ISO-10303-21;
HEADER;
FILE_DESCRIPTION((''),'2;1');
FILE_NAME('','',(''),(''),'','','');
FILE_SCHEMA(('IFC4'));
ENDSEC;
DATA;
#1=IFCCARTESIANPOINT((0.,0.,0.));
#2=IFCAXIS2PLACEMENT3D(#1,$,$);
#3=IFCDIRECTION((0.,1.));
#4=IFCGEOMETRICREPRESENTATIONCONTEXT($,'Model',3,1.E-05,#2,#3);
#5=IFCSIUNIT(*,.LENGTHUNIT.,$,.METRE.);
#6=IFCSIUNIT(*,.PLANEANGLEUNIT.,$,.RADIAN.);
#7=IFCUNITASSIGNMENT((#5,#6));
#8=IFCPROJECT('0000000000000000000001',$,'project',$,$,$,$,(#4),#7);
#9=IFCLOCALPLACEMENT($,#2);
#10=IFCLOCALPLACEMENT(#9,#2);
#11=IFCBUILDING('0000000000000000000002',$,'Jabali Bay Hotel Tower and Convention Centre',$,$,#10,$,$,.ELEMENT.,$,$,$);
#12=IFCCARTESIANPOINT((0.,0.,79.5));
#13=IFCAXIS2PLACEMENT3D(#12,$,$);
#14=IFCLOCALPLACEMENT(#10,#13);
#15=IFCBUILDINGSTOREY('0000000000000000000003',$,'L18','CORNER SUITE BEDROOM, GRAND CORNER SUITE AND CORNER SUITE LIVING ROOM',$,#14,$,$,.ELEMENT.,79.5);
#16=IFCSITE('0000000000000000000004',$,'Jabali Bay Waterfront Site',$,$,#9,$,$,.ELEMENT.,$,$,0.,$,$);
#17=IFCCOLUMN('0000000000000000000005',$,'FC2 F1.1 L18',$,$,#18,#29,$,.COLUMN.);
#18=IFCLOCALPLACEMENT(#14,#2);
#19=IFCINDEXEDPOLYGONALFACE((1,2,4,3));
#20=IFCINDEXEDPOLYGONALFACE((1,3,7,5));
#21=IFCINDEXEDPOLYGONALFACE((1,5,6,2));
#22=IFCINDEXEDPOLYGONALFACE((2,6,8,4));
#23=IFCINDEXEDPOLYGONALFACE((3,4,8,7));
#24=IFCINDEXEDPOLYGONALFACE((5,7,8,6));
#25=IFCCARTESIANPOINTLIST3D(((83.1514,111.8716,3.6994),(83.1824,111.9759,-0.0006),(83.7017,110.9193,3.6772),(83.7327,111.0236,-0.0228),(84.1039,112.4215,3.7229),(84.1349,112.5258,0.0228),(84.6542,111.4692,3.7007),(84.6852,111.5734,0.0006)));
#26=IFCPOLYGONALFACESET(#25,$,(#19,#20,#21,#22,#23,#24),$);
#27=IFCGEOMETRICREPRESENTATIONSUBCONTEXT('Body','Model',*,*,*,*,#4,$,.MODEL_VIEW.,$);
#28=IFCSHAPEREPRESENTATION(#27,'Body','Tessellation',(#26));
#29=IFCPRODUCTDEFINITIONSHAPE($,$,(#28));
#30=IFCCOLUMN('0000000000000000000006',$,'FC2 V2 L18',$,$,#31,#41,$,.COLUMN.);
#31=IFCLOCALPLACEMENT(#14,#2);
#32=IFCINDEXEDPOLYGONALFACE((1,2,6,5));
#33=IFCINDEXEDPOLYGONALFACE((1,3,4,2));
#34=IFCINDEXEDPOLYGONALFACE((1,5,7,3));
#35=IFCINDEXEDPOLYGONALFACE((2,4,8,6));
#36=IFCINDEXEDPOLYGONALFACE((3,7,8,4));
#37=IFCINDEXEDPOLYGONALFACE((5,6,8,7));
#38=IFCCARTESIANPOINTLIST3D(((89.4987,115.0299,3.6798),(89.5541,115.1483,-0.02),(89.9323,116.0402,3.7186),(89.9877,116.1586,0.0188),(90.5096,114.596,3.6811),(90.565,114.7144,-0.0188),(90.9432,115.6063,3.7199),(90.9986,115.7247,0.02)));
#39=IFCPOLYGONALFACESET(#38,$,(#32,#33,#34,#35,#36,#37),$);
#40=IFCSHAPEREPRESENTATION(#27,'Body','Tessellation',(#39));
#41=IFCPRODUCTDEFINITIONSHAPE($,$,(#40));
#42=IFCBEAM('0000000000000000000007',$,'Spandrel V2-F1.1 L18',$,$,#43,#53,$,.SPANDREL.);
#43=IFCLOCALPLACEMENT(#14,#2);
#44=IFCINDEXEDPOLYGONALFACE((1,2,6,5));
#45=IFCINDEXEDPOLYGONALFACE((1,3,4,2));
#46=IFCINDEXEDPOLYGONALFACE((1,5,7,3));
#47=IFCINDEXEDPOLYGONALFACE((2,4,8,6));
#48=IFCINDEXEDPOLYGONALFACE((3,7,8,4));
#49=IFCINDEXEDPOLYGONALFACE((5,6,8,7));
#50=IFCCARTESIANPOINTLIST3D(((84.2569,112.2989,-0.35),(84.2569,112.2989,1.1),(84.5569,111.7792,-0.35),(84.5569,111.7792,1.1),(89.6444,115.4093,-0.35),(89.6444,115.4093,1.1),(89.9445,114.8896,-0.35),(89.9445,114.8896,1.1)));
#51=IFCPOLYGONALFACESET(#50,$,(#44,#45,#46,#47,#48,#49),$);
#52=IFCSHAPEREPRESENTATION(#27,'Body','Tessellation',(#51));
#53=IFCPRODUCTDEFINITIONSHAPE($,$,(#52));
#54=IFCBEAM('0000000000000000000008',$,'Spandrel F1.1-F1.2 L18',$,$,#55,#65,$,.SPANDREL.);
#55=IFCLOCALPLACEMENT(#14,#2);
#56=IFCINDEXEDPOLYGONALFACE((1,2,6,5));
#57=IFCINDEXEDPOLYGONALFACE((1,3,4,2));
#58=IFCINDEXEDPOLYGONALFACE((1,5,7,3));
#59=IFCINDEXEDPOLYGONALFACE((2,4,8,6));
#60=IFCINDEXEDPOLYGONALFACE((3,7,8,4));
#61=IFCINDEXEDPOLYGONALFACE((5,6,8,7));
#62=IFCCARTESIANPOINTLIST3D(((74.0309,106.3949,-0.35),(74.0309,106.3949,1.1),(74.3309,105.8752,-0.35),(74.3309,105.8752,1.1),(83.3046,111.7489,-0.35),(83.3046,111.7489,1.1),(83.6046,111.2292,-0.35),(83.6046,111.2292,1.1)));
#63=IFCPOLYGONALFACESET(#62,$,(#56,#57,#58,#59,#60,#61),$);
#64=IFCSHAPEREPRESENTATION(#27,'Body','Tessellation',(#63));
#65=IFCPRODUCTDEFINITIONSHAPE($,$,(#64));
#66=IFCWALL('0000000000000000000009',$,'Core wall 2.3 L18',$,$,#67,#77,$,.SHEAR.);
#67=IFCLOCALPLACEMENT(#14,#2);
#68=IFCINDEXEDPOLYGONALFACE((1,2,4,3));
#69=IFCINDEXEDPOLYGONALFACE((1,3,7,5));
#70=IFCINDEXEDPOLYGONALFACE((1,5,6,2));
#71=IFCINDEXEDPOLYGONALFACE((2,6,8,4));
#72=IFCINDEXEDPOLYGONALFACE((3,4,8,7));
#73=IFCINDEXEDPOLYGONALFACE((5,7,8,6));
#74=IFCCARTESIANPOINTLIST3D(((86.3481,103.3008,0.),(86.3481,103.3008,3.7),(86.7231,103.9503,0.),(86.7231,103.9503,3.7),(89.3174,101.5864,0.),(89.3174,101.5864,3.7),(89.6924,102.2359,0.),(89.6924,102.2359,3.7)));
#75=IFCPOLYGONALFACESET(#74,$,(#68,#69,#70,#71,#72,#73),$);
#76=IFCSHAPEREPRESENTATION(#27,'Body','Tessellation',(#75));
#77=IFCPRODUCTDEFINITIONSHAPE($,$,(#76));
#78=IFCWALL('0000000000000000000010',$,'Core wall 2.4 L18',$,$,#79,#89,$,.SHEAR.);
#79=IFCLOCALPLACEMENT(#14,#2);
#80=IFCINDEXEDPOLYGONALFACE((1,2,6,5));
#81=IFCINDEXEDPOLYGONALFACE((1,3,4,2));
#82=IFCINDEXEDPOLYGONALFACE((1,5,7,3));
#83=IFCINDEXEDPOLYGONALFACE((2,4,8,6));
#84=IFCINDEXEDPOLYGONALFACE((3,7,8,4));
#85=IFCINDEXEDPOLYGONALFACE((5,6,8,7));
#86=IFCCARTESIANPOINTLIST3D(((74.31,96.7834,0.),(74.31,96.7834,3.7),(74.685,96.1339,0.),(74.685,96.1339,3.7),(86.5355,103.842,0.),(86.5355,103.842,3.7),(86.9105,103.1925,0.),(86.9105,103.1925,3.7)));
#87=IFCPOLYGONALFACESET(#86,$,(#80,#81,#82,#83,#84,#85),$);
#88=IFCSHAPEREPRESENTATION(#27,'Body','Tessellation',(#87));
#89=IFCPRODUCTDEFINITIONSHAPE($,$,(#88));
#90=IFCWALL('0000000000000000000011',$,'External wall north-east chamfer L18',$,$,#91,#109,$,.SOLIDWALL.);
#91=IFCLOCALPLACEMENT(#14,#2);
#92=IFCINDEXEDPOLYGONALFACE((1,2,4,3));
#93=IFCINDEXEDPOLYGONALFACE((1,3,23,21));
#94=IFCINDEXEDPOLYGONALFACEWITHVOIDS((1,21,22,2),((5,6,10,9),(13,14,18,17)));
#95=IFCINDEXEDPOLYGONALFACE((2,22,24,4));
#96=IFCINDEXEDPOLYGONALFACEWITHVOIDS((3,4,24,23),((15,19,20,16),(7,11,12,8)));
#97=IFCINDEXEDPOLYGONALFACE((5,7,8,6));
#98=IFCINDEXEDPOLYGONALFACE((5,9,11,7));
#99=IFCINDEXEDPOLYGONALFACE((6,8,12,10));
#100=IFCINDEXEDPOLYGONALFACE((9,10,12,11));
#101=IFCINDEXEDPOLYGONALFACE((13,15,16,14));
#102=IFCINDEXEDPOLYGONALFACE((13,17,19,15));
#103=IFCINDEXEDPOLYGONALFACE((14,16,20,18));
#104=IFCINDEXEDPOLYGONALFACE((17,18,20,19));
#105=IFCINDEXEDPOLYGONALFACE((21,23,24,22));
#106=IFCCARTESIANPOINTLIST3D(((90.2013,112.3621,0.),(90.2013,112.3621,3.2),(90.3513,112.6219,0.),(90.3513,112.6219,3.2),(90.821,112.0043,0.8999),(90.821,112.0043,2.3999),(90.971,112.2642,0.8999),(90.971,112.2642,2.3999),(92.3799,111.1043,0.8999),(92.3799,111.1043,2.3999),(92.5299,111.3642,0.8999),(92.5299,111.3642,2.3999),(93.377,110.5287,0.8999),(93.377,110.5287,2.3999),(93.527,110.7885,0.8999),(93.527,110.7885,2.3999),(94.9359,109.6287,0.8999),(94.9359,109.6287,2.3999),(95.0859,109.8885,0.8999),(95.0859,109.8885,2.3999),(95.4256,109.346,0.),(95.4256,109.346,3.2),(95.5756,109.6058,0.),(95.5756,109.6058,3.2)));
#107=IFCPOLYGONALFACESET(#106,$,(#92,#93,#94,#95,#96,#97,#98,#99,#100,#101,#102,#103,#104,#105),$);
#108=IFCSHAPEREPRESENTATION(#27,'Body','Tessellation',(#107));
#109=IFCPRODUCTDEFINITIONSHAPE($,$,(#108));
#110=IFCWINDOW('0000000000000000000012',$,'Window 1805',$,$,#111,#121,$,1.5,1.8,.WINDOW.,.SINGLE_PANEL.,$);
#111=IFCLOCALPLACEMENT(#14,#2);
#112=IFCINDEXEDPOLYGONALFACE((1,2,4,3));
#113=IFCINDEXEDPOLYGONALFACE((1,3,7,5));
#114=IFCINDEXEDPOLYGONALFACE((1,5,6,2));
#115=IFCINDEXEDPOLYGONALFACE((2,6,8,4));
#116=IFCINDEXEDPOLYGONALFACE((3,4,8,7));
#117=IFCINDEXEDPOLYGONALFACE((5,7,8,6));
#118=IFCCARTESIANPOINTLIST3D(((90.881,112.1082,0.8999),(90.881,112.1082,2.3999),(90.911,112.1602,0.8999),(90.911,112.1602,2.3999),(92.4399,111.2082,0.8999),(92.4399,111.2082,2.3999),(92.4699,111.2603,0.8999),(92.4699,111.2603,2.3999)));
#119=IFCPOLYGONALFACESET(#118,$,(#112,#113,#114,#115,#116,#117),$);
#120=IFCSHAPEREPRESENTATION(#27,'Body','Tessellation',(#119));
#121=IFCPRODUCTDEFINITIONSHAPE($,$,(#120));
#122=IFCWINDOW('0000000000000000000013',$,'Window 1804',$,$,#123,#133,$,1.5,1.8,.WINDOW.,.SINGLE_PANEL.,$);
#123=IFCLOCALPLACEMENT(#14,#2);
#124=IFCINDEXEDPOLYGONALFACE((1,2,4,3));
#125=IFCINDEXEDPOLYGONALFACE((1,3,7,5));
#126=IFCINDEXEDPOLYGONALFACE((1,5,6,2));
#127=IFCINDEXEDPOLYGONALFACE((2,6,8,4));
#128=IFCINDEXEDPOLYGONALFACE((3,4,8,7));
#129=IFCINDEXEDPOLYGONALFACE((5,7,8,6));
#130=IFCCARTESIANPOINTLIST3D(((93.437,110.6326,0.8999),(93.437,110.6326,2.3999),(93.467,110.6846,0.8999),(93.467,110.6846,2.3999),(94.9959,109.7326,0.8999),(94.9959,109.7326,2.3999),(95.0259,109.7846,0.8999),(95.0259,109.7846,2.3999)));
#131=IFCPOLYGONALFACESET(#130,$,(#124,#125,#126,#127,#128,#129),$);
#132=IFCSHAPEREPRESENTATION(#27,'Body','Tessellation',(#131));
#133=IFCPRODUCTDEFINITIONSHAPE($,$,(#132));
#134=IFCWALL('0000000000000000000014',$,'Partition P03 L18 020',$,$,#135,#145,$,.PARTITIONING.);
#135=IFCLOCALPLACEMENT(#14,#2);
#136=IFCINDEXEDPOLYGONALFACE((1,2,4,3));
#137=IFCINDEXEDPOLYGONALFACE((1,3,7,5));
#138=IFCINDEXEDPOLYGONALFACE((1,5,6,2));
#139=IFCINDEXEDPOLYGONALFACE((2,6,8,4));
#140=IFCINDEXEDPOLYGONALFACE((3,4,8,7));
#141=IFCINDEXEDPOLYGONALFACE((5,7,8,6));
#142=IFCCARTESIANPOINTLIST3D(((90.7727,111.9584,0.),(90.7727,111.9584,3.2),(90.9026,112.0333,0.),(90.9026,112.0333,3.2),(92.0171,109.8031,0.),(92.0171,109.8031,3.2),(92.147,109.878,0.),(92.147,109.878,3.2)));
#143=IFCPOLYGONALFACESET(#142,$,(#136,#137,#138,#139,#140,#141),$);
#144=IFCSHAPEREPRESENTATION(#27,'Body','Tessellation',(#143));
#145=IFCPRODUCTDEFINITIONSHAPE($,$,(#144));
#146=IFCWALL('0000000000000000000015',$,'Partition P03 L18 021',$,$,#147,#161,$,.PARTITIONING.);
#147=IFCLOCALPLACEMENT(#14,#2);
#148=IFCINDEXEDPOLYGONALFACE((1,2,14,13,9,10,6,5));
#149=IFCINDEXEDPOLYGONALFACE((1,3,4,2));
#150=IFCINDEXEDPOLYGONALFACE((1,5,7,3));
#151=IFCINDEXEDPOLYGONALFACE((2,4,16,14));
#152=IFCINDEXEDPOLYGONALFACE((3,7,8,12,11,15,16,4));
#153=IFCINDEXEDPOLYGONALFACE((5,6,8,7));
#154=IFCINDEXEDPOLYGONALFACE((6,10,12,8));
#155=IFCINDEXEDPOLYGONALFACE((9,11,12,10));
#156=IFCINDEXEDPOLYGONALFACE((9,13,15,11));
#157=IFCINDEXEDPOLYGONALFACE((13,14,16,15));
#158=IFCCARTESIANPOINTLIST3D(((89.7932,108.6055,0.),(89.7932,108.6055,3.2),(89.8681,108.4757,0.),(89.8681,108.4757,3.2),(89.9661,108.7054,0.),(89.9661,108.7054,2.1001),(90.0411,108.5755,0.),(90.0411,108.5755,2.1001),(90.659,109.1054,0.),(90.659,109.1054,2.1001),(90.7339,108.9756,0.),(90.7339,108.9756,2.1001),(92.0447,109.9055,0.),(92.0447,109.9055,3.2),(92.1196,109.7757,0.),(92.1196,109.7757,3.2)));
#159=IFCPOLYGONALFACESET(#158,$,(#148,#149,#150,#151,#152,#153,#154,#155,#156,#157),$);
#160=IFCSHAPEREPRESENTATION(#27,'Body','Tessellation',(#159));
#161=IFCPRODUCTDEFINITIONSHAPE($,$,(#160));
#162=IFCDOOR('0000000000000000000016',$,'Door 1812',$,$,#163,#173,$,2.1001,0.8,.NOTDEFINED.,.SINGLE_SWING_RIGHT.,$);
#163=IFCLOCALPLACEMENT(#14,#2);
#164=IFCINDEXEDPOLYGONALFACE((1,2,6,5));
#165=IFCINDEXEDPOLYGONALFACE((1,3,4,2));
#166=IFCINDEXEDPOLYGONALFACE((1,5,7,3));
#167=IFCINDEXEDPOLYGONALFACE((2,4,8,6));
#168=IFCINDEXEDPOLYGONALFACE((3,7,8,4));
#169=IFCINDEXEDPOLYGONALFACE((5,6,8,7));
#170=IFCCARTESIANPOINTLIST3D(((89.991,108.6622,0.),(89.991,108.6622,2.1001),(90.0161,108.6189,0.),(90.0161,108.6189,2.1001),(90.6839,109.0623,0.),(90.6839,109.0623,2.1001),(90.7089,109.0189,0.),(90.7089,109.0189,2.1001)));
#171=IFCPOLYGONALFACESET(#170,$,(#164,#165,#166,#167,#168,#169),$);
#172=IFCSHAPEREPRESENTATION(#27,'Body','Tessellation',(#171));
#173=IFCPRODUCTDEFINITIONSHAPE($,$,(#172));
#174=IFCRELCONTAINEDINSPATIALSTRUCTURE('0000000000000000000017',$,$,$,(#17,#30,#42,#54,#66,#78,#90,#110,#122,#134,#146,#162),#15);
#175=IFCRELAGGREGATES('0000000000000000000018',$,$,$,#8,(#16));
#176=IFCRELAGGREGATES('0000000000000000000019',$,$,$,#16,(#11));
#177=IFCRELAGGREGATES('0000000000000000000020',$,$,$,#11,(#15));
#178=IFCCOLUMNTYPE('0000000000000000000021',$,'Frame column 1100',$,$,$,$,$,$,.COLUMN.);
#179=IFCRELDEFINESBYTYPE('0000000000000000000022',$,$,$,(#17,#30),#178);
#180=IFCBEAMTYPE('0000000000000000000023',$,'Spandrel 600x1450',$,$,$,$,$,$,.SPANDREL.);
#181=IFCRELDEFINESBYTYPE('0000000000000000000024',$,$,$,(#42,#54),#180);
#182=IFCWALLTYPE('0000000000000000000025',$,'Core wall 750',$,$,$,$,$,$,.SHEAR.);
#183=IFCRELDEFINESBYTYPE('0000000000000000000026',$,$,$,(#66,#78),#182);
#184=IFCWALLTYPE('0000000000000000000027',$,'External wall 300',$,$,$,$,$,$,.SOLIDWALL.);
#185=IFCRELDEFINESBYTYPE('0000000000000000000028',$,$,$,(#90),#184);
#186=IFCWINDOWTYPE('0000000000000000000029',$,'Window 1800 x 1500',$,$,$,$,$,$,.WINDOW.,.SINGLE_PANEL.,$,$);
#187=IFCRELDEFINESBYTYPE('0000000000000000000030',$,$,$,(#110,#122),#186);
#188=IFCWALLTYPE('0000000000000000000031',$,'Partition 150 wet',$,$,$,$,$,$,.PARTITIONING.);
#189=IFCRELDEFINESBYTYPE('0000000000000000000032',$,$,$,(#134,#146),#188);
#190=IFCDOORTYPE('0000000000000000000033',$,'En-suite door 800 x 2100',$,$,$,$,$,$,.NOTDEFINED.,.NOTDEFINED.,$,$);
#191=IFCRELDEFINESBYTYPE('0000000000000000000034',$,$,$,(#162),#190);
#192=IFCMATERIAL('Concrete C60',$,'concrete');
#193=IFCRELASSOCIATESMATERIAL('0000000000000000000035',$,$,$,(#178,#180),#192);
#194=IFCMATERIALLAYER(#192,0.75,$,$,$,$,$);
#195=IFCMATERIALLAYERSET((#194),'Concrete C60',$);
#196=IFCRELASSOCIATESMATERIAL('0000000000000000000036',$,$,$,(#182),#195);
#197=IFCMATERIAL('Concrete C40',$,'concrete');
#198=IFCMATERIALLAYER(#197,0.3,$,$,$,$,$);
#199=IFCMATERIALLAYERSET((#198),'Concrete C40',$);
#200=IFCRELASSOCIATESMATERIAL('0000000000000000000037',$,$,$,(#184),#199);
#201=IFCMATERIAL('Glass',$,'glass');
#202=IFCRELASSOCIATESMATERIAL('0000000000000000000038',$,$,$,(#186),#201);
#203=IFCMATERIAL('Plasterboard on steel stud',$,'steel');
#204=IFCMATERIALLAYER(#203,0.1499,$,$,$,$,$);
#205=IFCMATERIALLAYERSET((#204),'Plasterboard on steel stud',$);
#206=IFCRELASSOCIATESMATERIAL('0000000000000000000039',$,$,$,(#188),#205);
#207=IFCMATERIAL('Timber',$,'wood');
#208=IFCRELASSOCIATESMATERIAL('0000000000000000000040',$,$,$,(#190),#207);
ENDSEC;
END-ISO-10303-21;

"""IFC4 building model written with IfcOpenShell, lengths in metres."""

from ifc_helpers import new_model, si_unit, direction, frame, frame_2d, origin, origin_2d, place, context, subcontext, project, spatial, rectangle, extrude, material, layer, layer_set, material_profile, profile_set, type_object, element, fill, save


model = new_model("IFC4")

# Units and contexts
model_context = context("Model", 3, precision=1e-05, world=origin(), true_north=direction((0.0, 1.0)))
body_context = subcontext(model_context, "Body", "Model", "MODEL_VIEW")
ifc_project = project(units=[si_unit("LENGTHUNIT", "METRE"), si_unit("PLANEANGLEUNIT", "RADIAN")], contexts=[model_context])

# Site, building, storey
site_placement = place(None, origin())
site = spatial("IfcSite", under=ifc_project, at=site_placement, Name="Jabali Bay Waterfront Site", CompositionType="ELEMENT", RefElevation=0.0)
building_placement = place(site_placement, origin())
building = spatial("IfcBuilding", under=site, at=building_placement, Name="Jabali Bay Hotel Tower and Convention Centre", CompositionType="ELEMENT")
storey_placement = place(building_placement, frame((0.0, 0.0, 79.5)))
storey = spatial("IfcBuildingStorey", under=building, at=storey_placement, Name="L18", Description="CORNER SUITE BEDROOM, GRAND CORNER SUITE AND CORNER SUITE LIVING ROOM", CompositionType="ELEMENT", Elevation=79.5)

# Columns
ifc_material_1 = material(Name="Concrete C60", Category="concrete")
ifc_material_profile_1 = material_profile(ifc_material_1, rectangle(XDim=1.1001, YDim=1.1001, at=origin_2d()), Name="Frame column 1100")
ifc_profile_set_1 = profile_set([ifc_material_profile_1], Name="Concrete C60")
column_type = type_object("IfcColumnType", Name="Frame column 1100", PredefinedType="COLUMN", material=ifc_profile_set_1)
column_1_placement = place(storey_placement, frame((83.9338, 111.7747, 0.0), z_axis=(-0.008376, -0.028163, 0.999568), x_axis=(0.865852, 0.499845, 0.021339)))
element("IfcColumn", 1, at=column_1_placement, inside=storey, type_object=column_type, Name="FC2 F1.1 L18", PredefinedType="COLUMN", context=body_context, shape_type="SweptSolid", body=[
    extrude(rectangle(XDim=1.1001, YDim=1.1001, at=origin_2d()), origin(), (0.0, 0.0, 1.0), 3.7017),
])
column_2_placement = place(storey_placement, frame((90.2764, 115.4365, 0.0), z_axis=(-0.014969, -0.031983, 0.999376), x_axis=(0.918934, -0.394411, 0.001142)))
element("IfcColumn", 2, at=column_2_placement, inside=storey, type_object=column_type, Name="FC2 V2 L18", PredefinedType="COLUMN", context=body_context, shape_type="SweptSolid", body=[
    extrude(rectangle(XDim=1.1001, YDim=1.1001, at=origin_2d()), origin(), (0.0, 0.0, 1.0), 3.7021),
])

# Beams
ifc_material_profile_2 = material_profile(ifc_material_1, rectangle(XDim=0.6001, YDim=1.45, at=origin_2d()), Name="Spandrel 600x1450")
ifc_profile_set_2 = profile_set([ifc_material_profile_2], Name="Concrete C60")
beam_type = type_object("IfcBeamType", Name="Spandrel 600x1450", PredefinedType="SPANDREL", material=ifc_profile_set_2)
beam_1_placement = place(storey_placement, frame((89.7944, 115.1494, 0.375), z_axis=(-0.866032, -0.499989, 0.0), x_axis=(0.499989, -0.866032, 0.0)))
element("IfcBeam", 3, at=beam_1_placement, inside=storey, type_object=beam_type, Name="Spandrel V2-F1.1 L18", PredefinedType="SPANDREL", context=body_context, shape_type="SweptSolid", body=[
    extrude(rectangle(XDim=0.6001, YDim=1.45, at=origin_2d()), origin(), (0.0, 0.0, 1.0), 6.2209),
])
beam_2_placement = place(storey_placement, frame((83.4546, 111.489, 0.375), z_axis=(-0.866032, -0.499989, 0.0), x_axis=(0.499989, -0.866032, 0.0)))
element("IfcBeam", 4, at=beam_2_placement, inside=storey, type_object=beam_type, Name="Spandrel F1.1-F1.2 L18", PredefinedType="SPANDREL", context=body_context, shape_type="SweptSolid", body=[
    extrude(rectangle(XDim=0.6001, YDim=1.45, at=origin_2d()), origin(), (0.0, 0.0, 1.0), 10.7083),
])

# Walls
ifc_layer_1 = layer(ifc_material_1, 0.75)
ifc_layer_set_1 = layer_set([ifc_layer_1], Name="Concrete C60")
wall_type_1 = type_object("IfcWallType", Name="Core wall 750", PredefinedType="SHEAR", material=ifc_layer_set_1)
wall_1_placement = place(storey_placement, frame((89.5049, 101.9111, 0.0), z_axis=(0.0, 0.0, 1.0), x_axis=(-0.866017, 0.500014, 0.0)))
element("IfcWall", 5, at=wall_1_placement, inside=storey, type_object=wall_type_1, Name="Core wall 2.3 L18", PredefinedType="SHEAR", context=body_context, shape_type="SweptSolid", body=[
    extrude(rectangle(XDim=3.4287, YDim=0.75, at=frame_2d((1.7144, 0.0))), origin(), (0.0, 0.0, 1.0), 3.7),
])
wall_2_placement = place(storey_placement, frame((86.7231, 103.5173, 0.0), z_axis=(0.0, 0.0, 1.0), x_axis=(-0.866021, -0.500008, 0.0)))
element("IfcWall", 6, at=wall_2_placement, inside=storey, type_object=wall_type_1, Name="Core wall 2.4 L18", PredefinedType="SHEAR", context=body_context, shape_type="SweptSolid", body=[
    extrude(rectangle(XDim=14.1169, YDim=0.75, at=frame_2d((7.0586, 0.0))), origin(), (0.0, 0.0, 1.0), 3.7),
])

# Wall, openings, windows
ifc_material_2 = material(Name="Concrete C40", Category="concrete")
ifc_layer_2 = layer(ifc_material_2, 0.3)
ifc_layer_set_2 = layer_set([ifc_layer_2], Name="Concrete C40")
wall_type_2 = type_object("IfcWallType", Name="External wall 300", PredefinedType="SOLIDWALL", material=ifc_layer_set_2)
wall_3_placement = place(storey_placement, frame((90.2764, 112.4919, 0.0), z_axis=(0.0, 0.0, 1.0), x_axis=(0.866038, -0.499978, 0.0)))
wall_3 = element("IfcWall", 7, at=wall_3_placement, inside=storey, type_object=wall_type_2, Name="External wall north-east chamfer L18", PredefinedType="SOLIDWALL", context=body_context, shape_type="SweptSolid", body=[
    extrude(rectangle(XDim=6.0325, YDim=0.3, at=frame_2d((3.0161, 0.0))), origin(), (0.0, 0.0, 1.0), 3.2),
])
opening_1_placement = place(wall_3_placement, frame((0.7156, 0.0, 0.8999)))
opening_1 = element("IfcOpeningElement", 8, at=opening_1_placement, cuts=wall_3, PredefinedType="OPENING", context=body_context, shape_type="SweptSolid", body=[
    extrude(rectangle(XDim=1.8, YDim=1.5, at=frame_2d((0.8999, 0.75))), frame((0.0, 0.1606, 0.0), z_axis=(0.0, -1.0, 0.0), x_axis=(1.0, 0.0, 0.0)), (0.0, 0.0, 1.0), 0.321),
])
opening_2_placement = place(wall_3_placement, frame((3.667, 0.0, 0.8999)))
opening_2 = element("IfcOpeningElement", 9, at=opening_2_placement, cuts=wall_3, PredefinedType="OPENING", context=body_context, shape_type="SweptSolid", body=[
    extrude(rectangle(XDim=1.8, YDim=1.5, at=frame_2d((0.8999, 0.75))), frame((0.0, 0.1606, 0.0), z_axis=(0.0, -1.0, 0.0), x_axis=(1.0, 0.0, 0.0)), (0.0, 0.0, 1.0), 0.321),
])
ifc_material_3 = material(Name="Glass", Category="glass")
window_type = type_object("IfcWindowType", Name="Window 1800 x 1500", PartitioningType="SINGLE_PANEL", PredefinedType="WINDOW", material=ifc_material_3)
window_1_placement = place(opening_1_placement, origin())
window_1 = element("IfcWindow", 10, at=window_1_placement, inside=storey, type_object=window_type, Name="Window 1805", OverallHeight=1.5, OverallWidth=1.8, PartitioningType="SINGLE_PANEL", PredefinedType="WINDOW", context=body_context, shape_type="SweptSolid", body=[
    extrude(rectangle(XDim=1.8, YDim=1.5, at=frame_2d((0.8999, 0.75))), frame((0.0, 0.03, 0.0), z_axis=(0.0, -1.0, 0.0), x_axis=(1.0, 0.0, 0.0)), (0.0, 0.0, 1.0), 0.0601),
])
fill(opening_1, window_1)
window_2_placement = place(opening_2_placement, origin())
window_2 = element("IfcWindow", 11, at=window_2_placement, inside=storey, type_object=window_type, Name="Window 1804", OverallHeight=1.5, OverallWidth=1.8, PartitioningType="SINGLE_PANEL", PredefinedType="WINDOW", context=body_context, shape_type="SweptSolid", body=[
    extrude(rectangle(XDim=1.8, YDim=1.5, at=frame_2d((0.8999, 0.75))), frame((0.0, 0.03, 0.0), z_axis=(0.0, -1.0, 0.0), x_axis=(1.0, 0.0, 0.0)), (0.0, 0.0, 1.0), 0.0601),
])
fill(opening_2, window_2)

# Wall
ifc_material_4 = material(Name="Plasterboard on steel stud", Category="steel")
ifc_layer_3 = layer(ifc_material_4, 0.1499)
ifc_layer_set_3 = layer_set([ifc_layer_3], Name="Plasterboard on steel stud")
wall_type_3 = type_object("IfcWallType", Name="Partition 150 wet", PredefinedType="PARTITIONING", material=ifc_layer_set_3)
wall_4_placement = place(storey_placement, frame((90.8376, 111.9958, 0.0), z_axis=(0.0, 0.0, 1.0), x_axis=(0.500011, -0.866019, 0.0)))
element("IfcWall", 12, at=wall_4_placement, inside=storey, type_object=wall_type_3, Name="Partition P03 L18 020", PredefinedType="PARTITIONING", context=body_context, shape_type="SweptSolid", body=[
    extrude(rectangle(XDim=2.4888, YDim=0.1499, at=frame_2d((1.2444, 0.0))), origin(), (0.0, 0.0, 1.0), 3.2),
])

# Wall, opening, door
wall_5_placement = place(storey_placement, frame((92.082, 109.8406, 0.0), z_axis=(0.0, 0.0, 1.0), x_axis=(-0.865998, -0.500048, 0.0)))
wall_5 = element("IfcWall", 13, at=wall_5_placement, inside=storey, type_object=wall_type_3, Name="Partition P03 L18 021", PredefinedType="PARTITIONING", context=body_context, shape_type="SweptSolid", body=[
    extrude(rectangle(XDim=2.5999, YDim=0.1499, at=frame_2d((1.2998, 0.0))), origin(), (0.0, 0.0, 1.0), 3.2),
])
opening_3_placement = place(wall_5_placement, frame((1.6001, 0.0, 0.0)))
opening_3 = element("IfcOpeningElement", 14, at=opening_3_placement, cuts=wall_5, PredefinedType="OPENING", context=body_context, shape_type="SweptSolid", body=[
    extrude(rectangle(XDim=0.8, YDim=2.1001, at=frame_2d((0.3999, 1.05))), frame((0.0, 0.0854, 0.0), z_axis=(0.0, -1.0, 0.0), x_axis=(1.0, 0.0, 0.0)), (0.0, 0.0, 1.0), 0.1709),
])
ifc_material_5 = material(Name="Timber", Category="wood")
door_type = type_object("IfcDoorType", Name="En-suite door 800 x 2100", OperationType="NOTDEFINED", PredefinedType="NOTDEFINED", material=ifc_material_5)
door_placement = place(opening_3_placement, origin())
door = element("IfcDoor", 15, at=door_placement, inside=storey, type_object=door_type, Name="Door 1812", OperationType="SINGLE_SWING_RIGHT", OverallHeight=2.1001, OverallWidth=0.8, PredefinedType="NOTDEFINED", context=body_context, shape_type="SweptSolid", body=[
    extrude(rectangle(XDim=0.8, YDim=2.1001, at=frame_2d((0.3999, 1.05))), frame((0.0, 0.0249, 0.0), z_axis=(0.0, -1.0, 0.0), x_axis=(1.0, 0.0, 0.0)), (0.0, 0.0, 1.0), 0.05),
])
fill(opening_3, door)

save(model, "model.ifc")
